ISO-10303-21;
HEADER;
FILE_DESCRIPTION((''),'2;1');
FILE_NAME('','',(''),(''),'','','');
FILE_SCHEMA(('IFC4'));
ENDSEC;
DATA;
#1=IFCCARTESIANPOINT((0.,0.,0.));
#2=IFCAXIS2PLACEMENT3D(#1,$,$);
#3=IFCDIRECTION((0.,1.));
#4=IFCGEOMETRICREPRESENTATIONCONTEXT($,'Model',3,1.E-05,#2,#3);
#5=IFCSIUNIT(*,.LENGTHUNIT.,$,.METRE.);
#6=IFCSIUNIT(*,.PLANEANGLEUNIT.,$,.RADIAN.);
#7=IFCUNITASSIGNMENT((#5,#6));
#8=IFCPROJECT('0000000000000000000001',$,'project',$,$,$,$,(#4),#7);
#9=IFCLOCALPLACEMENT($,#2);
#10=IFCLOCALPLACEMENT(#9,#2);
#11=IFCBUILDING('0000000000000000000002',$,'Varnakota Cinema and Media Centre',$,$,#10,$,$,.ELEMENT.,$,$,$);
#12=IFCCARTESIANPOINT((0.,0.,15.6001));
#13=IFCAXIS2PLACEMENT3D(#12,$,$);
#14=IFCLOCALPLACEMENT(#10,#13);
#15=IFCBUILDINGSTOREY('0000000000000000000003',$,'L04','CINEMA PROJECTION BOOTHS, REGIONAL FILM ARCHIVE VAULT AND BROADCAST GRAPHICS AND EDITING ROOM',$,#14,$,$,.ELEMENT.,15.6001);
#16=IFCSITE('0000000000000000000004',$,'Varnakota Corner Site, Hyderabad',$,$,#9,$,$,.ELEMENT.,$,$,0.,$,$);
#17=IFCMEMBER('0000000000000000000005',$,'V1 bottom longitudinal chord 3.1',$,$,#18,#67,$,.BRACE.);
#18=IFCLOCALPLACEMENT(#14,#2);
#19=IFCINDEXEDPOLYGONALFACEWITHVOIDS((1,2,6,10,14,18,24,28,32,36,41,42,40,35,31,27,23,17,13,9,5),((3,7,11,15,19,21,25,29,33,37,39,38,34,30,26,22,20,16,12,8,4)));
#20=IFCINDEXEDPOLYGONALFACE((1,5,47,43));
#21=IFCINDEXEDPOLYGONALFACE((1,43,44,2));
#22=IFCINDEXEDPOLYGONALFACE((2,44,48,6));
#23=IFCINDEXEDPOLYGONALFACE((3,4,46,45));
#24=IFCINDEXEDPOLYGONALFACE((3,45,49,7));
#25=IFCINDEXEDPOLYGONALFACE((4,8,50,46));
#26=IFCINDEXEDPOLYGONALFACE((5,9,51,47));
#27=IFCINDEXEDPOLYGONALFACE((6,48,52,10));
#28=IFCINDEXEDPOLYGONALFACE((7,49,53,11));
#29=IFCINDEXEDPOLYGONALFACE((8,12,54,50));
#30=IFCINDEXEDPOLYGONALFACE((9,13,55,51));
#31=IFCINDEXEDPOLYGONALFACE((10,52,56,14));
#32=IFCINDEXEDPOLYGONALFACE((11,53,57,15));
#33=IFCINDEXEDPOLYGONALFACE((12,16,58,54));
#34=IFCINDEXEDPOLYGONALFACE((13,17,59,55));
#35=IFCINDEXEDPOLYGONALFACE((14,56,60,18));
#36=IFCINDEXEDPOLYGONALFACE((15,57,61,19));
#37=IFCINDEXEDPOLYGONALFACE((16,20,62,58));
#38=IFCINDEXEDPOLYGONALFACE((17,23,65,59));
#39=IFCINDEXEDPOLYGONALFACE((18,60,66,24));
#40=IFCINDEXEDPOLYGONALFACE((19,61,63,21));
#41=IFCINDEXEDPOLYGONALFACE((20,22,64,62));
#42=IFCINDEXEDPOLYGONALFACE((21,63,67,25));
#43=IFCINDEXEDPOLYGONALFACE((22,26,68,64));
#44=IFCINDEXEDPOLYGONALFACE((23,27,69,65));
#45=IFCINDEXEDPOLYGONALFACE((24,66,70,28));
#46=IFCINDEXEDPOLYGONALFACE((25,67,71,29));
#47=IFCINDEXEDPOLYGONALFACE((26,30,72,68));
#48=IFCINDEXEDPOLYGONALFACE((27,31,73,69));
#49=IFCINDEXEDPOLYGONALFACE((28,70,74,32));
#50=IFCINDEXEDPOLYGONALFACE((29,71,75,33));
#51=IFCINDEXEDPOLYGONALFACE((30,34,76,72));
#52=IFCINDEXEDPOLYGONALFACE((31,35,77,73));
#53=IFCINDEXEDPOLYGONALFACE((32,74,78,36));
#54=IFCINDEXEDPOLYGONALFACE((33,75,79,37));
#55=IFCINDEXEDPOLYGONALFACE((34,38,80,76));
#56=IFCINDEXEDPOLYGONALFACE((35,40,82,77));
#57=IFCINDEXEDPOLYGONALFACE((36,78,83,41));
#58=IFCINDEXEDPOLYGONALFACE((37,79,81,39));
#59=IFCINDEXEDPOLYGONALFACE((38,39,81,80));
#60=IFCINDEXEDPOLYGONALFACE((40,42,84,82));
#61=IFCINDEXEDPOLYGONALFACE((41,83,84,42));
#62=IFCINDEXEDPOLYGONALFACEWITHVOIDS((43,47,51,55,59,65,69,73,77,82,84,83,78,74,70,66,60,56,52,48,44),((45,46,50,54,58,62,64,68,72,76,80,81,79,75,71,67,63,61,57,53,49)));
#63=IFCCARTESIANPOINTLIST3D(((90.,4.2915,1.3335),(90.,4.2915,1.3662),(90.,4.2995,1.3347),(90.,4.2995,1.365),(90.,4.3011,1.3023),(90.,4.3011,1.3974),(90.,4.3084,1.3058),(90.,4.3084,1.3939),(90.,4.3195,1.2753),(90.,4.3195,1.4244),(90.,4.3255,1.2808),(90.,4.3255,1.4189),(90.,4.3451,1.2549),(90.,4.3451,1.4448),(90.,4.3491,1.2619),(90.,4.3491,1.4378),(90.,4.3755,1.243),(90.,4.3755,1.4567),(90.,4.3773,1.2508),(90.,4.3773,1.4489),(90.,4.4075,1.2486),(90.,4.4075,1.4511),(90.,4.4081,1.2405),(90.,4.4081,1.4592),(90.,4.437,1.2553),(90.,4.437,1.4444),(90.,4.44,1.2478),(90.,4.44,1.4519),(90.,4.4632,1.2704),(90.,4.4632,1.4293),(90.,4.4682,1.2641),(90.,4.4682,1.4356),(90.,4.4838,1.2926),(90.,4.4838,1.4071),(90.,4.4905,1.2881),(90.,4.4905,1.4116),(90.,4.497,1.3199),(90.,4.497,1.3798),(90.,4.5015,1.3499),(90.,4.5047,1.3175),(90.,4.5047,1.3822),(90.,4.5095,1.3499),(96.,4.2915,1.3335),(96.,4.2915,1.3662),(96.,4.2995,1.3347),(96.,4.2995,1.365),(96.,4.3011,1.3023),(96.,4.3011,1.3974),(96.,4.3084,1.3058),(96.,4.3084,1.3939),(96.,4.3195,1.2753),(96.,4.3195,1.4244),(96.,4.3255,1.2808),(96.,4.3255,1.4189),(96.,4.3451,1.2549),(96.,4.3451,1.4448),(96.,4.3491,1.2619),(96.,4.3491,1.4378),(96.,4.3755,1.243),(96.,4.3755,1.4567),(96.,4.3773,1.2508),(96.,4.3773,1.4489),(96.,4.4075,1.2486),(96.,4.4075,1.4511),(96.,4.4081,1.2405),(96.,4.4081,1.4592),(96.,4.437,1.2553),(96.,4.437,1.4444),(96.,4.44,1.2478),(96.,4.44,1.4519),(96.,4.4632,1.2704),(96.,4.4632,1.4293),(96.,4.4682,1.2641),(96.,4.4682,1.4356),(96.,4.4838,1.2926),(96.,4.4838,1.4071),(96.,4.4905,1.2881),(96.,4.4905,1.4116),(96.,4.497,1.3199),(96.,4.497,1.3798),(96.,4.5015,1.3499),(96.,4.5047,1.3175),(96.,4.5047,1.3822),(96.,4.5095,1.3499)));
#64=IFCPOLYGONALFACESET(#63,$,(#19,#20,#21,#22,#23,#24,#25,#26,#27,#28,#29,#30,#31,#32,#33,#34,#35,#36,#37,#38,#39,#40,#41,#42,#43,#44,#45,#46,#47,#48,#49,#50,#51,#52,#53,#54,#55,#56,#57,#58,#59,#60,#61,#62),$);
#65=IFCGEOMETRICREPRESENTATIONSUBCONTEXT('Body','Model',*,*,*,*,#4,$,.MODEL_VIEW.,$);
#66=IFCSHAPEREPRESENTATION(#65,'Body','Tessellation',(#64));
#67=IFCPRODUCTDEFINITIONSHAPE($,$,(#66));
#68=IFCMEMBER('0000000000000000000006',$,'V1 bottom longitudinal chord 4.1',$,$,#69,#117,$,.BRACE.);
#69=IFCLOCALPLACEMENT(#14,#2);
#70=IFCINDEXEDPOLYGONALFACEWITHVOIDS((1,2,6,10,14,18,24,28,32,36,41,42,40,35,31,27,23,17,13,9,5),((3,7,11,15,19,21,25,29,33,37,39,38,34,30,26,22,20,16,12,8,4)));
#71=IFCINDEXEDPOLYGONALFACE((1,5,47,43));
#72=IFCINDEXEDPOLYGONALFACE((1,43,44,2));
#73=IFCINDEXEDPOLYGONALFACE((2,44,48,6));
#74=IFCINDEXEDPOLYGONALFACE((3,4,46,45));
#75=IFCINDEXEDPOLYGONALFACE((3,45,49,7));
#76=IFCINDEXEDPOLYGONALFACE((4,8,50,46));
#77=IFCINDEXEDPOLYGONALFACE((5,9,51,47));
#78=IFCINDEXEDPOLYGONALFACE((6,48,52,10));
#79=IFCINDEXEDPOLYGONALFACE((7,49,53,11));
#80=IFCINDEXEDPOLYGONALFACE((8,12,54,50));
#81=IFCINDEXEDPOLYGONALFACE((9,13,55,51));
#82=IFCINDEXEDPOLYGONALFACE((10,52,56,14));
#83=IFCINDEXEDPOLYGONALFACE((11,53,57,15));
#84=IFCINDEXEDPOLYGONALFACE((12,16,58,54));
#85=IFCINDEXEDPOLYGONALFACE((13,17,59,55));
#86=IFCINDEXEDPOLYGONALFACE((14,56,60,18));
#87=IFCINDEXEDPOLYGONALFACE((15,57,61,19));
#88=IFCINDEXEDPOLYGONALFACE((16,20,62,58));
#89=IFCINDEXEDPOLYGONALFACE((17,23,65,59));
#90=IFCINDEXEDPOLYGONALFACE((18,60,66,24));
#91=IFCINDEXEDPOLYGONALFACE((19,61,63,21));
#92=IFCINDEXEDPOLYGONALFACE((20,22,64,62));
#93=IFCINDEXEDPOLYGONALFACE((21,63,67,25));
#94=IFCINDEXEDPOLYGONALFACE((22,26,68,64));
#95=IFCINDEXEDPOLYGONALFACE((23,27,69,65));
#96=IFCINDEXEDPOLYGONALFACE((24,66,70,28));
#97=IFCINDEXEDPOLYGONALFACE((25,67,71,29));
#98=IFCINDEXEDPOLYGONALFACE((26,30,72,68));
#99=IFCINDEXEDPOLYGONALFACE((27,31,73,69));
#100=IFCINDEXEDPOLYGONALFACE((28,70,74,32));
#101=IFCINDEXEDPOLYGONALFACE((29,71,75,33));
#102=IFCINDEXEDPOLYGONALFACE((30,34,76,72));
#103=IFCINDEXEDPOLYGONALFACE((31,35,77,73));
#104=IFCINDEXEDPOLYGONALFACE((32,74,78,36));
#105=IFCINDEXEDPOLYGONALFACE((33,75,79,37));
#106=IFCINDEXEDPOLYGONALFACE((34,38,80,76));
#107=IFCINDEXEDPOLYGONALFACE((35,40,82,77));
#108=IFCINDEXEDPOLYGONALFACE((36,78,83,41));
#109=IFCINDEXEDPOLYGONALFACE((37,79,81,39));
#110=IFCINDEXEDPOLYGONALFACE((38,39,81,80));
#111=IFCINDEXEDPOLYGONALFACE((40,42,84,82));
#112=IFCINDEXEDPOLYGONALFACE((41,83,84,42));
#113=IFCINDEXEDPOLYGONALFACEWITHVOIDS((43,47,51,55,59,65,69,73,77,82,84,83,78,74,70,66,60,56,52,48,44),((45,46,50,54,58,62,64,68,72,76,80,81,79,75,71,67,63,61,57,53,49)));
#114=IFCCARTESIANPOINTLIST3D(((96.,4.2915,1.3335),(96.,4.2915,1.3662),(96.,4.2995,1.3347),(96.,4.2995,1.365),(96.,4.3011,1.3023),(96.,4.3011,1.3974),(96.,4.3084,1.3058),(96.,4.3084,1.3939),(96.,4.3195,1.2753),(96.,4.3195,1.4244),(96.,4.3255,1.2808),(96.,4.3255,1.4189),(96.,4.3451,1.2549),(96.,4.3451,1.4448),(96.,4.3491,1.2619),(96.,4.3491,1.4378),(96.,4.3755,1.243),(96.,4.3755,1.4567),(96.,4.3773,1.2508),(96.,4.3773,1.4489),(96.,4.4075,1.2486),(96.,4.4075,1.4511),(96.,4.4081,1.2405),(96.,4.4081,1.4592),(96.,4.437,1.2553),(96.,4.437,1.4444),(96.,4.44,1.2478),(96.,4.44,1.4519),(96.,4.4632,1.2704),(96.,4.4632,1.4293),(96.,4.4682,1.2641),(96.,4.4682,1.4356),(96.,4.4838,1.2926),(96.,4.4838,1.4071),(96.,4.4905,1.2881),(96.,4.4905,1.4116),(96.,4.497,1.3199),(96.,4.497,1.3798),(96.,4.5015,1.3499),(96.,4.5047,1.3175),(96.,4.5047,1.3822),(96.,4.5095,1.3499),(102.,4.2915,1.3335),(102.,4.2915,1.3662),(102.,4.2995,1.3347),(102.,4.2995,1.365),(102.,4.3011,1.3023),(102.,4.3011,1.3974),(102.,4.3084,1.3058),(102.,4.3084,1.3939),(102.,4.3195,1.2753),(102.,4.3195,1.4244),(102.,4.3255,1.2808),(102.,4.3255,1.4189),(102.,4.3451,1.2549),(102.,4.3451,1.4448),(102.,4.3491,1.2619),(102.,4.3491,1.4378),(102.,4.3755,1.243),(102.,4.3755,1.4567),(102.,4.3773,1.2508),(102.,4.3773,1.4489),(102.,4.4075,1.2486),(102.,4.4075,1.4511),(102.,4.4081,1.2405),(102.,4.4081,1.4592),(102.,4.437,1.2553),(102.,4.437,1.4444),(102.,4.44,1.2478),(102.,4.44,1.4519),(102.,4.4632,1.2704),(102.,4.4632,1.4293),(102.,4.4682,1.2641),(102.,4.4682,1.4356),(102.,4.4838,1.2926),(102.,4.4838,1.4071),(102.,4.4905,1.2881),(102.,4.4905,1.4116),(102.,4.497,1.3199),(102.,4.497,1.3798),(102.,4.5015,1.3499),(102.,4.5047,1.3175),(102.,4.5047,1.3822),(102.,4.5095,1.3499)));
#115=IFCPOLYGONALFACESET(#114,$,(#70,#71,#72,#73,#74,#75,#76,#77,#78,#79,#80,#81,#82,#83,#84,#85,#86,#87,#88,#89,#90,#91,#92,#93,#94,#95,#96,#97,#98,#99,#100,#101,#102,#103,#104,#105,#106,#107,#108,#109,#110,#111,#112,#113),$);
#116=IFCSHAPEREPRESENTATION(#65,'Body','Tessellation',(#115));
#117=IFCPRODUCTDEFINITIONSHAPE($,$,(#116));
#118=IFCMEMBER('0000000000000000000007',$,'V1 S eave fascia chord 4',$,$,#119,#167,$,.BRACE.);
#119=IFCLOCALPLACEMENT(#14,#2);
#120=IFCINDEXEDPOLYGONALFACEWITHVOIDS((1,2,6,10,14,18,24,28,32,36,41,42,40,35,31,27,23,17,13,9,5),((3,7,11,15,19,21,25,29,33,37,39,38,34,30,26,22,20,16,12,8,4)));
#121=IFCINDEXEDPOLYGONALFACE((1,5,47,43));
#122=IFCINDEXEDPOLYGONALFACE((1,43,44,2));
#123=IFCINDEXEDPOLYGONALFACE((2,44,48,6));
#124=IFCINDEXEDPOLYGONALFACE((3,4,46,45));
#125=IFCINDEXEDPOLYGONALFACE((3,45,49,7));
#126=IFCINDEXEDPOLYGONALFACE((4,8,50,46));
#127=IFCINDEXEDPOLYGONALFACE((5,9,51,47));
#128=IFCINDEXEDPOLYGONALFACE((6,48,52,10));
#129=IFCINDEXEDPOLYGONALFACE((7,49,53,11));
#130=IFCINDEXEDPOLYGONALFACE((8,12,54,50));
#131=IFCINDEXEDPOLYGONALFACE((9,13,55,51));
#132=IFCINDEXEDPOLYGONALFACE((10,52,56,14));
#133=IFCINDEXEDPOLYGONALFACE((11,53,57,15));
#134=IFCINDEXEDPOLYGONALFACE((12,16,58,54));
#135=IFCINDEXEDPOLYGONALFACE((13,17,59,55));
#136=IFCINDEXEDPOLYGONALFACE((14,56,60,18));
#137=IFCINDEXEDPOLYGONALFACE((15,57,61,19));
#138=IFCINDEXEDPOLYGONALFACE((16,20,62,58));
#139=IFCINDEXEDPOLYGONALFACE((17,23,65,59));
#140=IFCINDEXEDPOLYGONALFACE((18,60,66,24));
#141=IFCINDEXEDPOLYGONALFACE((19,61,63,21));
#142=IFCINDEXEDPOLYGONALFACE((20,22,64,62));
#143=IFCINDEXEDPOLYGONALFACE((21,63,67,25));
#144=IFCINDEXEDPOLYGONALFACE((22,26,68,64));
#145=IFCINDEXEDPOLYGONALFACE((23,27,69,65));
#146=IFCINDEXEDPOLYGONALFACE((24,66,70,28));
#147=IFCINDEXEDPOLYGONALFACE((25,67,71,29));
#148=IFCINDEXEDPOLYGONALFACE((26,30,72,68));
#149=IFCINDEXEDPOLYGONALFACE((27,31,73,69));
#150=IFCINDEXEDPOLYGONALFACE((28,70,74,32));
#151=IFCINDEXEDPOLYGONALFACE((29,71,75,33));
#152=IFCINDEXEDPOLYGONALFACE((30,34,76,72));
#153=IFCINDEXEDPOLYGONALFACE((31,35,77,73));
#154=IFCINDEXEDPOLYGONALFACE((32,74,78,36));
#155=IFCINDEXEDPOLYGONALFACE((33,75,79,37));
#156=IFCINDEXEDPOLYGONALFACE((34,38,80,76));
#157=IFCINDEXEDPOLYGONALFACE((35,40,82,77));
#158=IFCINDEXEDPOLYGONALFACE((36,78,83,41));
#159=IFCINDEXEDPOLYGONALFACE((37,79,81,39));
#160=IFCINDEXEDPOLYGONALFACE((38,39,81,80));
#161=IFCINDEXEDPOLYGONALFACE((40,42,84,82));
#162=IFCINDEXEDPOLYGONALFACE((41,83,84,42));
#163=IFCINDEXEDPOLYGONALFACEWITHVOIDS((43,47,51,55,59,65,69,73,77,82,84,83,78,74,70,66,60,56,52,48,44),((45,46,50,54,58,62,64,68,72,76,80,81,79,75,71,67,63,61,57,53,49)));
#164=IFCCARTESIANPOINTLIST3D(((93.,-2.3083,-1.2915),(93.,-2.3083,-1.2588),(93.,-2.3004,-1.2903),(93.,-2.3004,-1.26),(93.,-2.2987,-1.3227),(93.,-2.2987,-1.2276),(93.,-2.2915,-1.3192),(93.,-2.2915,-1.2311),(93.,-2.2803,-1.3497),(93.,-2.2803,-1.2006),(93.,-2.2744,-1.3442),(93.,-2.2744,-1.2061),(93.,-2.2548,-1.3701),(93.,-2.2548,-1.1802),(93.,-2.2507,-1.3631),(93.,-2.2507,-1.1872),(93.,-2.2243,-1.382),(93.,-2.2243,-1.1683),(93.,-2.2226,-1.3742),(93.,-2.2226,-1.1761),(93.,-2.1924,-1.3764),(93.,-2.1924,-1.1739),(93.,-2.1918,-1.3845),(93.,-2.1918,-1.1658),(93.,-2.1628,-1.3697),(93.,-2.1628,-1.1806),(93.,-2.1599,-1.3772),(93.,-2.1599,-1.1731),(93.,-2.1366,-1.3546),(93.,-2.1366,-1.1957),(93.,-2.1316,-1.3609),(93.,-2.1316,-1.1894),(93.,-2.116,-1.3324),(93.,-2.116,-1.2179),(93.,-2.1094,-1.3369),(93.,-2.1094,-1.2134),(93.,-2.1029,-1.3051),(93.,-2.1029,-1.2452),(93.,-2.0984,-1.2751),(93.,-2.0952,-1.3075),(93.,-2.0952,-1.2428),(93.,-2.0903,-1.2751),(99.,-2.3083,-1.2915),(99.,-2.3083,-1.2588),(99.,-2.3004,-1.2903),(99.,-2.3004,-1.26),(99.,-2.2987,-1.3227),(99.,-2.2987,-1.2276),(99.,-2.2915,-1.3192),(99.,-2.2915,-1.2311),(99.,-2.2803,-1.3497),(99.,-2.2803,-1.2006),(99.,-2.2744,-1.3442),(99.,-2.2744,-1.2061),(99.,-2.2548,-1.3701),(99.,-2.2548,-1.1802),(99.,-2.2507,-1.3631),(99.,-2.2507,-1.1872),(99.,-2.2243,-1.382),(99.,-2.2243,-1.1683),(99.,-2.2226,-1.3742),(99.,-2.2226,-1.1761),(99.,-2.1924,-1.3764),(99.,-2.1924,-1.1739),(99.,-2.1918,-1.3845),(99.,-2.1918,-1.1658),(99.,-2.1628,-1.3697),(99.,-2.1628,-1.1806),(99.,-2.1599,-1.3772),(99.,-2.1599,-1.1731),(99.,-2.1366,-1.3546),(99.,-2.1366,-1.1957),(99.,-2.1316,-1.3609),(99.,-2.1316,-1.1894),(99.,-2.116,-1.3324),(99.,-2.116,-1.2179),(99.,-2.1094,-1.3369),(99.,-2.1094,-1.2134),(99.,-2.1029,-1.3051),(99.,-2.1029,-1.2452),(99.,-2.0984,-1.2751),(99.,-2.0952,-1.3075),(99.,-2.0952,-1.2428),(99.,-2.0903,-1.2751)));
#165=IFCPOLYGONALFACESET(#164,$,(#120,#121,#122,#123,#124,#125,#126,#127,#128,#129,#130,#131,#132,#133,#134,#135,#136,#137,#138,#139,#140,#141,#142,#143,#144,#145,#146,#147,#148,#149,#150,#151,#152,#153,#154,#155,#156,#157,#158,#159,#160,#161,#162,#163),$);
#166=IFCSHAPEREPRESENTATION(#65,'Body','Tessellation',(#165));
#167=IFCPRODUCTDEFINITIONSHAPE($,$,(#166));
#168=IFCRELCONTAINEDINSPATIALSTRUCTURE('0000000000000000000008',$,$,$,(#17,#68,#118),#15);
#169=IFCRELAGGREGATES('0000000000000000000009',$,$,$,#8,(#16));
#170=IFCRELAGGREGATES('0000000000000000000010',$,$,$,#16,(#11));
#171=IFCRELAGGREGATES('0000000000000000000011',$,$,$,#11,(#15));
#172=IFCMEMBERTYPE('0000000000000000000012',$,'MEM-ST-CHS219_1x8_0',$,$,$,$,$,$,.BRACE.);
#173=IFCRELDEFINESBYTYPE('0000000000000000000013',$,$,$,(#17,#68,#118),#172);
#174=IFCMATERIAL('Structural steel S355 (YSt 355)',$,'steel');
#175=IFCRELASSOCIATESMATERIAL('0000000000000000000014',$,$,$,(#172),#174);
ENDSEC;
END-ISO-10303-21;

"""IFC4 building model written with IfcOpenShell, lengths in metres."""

from ifc_helpers import new_model, si_unit, direction, frame, origin, origin_2d, place, context, subcontext, project, spatial, hollow_circle, extrude, material, material_profile, profile_set, type_object, element, save


model = new_model("IFC4")

# Units and contexts
model_context = context("Model", 3, precision=1e-05, world=origin(), true_north=direction((0.0, 1.0)))
body_context = subcontext(model_context, "Body", "Model", "MODEL_VIEW")
ifc_project = project(units=[si_unit("LENGTHUNIT", "METRE"), si_unit("PLANEANGLEUNIT", "RADIAN")], contexts=[model_context])

# Site, building, storey
site_placement = place(None, origin())
site = spatial("IfcSite", under=ifc_project, at=site_placement, Name="Varnakota Corner Site, Hyderabad", CompositionType="ELEMENT", RefElevation=0.0)
building_placement = place(site_placement, origin())
building = spatial("IfcBuilding", under=site, at=building_placement, Name="Varnakota Cinema and Media Centre", CompositionType="ELEMENT")
storey_placement = place(building_placement, frame((0.0, 0.0, 15.6001)))
storey = spatial("IfcBuildingStorey", under=building, at=storey_placement, Name="L04", Description="CINEMA PROJECTION BOOTHS, REGIONAL FILM ARCHIVE VAULT AND BROADCAST GRAPHICS AND EDITING ROOM", CompositionType="ELEMENT", Elevation=15.6001)

# Members
ifc_material_1 = material(Name="Structural steel S355 (YSt 355)", Category="steel")
ifc_material_profile_1 = material_profile(ifc_material_1, hollow_circle(Radius=0.1096, WallThickness=0.0081, at=origin_2d()), Name="CHS 219.1x8.0")
ifc_profile_set_1 = profile_set([ifc_material_profile_1], Name="Structural steel S355 (YSt 355)")
member_type_1 = type_object("IfcMemberType", Name="MEM-ST-CHS219_1x8_0", PredefinedType="BRACE", material=ifc_profile_set_1)
for number, where, z_axis, x_axis, name in (
    (1, (90.0, 4.3999, 1.3499), (1.0, 0.0, 0.0), (0.0, 1.0, 0.0), "V1 bottom longitudinal chord 3.1"),
    (2, (96.0, 4.3999, 1.3499), (1.0, 0.0, 0.0), (0.0, 1.0, 0.0), "V1 bottom longitudinal chord 4.1"),
    (3, (93.0, -2.2, -1.2751), (1.0, 0.0, 0.0), (0.0, 1.0, 0.0), "V1 S eave fascia chord 4"),
):
    element("IfcMember", number, at=place(storey_placement, frame(where, z_axis=z_axis, x_axis=x_axis)), inside=storey, type_object=member_type_1, Name=name, PredefinedType="BRACE", context=body_context, shape_type="SweptSolid", body=[
        extrude(hollow_circle(Radius=0.1096, WallThickness=0.0081, at=origin_2d()), origin(), (0.0, 0.0, 1.0), 6.0),
    ])

save(model, "model.ifc")
